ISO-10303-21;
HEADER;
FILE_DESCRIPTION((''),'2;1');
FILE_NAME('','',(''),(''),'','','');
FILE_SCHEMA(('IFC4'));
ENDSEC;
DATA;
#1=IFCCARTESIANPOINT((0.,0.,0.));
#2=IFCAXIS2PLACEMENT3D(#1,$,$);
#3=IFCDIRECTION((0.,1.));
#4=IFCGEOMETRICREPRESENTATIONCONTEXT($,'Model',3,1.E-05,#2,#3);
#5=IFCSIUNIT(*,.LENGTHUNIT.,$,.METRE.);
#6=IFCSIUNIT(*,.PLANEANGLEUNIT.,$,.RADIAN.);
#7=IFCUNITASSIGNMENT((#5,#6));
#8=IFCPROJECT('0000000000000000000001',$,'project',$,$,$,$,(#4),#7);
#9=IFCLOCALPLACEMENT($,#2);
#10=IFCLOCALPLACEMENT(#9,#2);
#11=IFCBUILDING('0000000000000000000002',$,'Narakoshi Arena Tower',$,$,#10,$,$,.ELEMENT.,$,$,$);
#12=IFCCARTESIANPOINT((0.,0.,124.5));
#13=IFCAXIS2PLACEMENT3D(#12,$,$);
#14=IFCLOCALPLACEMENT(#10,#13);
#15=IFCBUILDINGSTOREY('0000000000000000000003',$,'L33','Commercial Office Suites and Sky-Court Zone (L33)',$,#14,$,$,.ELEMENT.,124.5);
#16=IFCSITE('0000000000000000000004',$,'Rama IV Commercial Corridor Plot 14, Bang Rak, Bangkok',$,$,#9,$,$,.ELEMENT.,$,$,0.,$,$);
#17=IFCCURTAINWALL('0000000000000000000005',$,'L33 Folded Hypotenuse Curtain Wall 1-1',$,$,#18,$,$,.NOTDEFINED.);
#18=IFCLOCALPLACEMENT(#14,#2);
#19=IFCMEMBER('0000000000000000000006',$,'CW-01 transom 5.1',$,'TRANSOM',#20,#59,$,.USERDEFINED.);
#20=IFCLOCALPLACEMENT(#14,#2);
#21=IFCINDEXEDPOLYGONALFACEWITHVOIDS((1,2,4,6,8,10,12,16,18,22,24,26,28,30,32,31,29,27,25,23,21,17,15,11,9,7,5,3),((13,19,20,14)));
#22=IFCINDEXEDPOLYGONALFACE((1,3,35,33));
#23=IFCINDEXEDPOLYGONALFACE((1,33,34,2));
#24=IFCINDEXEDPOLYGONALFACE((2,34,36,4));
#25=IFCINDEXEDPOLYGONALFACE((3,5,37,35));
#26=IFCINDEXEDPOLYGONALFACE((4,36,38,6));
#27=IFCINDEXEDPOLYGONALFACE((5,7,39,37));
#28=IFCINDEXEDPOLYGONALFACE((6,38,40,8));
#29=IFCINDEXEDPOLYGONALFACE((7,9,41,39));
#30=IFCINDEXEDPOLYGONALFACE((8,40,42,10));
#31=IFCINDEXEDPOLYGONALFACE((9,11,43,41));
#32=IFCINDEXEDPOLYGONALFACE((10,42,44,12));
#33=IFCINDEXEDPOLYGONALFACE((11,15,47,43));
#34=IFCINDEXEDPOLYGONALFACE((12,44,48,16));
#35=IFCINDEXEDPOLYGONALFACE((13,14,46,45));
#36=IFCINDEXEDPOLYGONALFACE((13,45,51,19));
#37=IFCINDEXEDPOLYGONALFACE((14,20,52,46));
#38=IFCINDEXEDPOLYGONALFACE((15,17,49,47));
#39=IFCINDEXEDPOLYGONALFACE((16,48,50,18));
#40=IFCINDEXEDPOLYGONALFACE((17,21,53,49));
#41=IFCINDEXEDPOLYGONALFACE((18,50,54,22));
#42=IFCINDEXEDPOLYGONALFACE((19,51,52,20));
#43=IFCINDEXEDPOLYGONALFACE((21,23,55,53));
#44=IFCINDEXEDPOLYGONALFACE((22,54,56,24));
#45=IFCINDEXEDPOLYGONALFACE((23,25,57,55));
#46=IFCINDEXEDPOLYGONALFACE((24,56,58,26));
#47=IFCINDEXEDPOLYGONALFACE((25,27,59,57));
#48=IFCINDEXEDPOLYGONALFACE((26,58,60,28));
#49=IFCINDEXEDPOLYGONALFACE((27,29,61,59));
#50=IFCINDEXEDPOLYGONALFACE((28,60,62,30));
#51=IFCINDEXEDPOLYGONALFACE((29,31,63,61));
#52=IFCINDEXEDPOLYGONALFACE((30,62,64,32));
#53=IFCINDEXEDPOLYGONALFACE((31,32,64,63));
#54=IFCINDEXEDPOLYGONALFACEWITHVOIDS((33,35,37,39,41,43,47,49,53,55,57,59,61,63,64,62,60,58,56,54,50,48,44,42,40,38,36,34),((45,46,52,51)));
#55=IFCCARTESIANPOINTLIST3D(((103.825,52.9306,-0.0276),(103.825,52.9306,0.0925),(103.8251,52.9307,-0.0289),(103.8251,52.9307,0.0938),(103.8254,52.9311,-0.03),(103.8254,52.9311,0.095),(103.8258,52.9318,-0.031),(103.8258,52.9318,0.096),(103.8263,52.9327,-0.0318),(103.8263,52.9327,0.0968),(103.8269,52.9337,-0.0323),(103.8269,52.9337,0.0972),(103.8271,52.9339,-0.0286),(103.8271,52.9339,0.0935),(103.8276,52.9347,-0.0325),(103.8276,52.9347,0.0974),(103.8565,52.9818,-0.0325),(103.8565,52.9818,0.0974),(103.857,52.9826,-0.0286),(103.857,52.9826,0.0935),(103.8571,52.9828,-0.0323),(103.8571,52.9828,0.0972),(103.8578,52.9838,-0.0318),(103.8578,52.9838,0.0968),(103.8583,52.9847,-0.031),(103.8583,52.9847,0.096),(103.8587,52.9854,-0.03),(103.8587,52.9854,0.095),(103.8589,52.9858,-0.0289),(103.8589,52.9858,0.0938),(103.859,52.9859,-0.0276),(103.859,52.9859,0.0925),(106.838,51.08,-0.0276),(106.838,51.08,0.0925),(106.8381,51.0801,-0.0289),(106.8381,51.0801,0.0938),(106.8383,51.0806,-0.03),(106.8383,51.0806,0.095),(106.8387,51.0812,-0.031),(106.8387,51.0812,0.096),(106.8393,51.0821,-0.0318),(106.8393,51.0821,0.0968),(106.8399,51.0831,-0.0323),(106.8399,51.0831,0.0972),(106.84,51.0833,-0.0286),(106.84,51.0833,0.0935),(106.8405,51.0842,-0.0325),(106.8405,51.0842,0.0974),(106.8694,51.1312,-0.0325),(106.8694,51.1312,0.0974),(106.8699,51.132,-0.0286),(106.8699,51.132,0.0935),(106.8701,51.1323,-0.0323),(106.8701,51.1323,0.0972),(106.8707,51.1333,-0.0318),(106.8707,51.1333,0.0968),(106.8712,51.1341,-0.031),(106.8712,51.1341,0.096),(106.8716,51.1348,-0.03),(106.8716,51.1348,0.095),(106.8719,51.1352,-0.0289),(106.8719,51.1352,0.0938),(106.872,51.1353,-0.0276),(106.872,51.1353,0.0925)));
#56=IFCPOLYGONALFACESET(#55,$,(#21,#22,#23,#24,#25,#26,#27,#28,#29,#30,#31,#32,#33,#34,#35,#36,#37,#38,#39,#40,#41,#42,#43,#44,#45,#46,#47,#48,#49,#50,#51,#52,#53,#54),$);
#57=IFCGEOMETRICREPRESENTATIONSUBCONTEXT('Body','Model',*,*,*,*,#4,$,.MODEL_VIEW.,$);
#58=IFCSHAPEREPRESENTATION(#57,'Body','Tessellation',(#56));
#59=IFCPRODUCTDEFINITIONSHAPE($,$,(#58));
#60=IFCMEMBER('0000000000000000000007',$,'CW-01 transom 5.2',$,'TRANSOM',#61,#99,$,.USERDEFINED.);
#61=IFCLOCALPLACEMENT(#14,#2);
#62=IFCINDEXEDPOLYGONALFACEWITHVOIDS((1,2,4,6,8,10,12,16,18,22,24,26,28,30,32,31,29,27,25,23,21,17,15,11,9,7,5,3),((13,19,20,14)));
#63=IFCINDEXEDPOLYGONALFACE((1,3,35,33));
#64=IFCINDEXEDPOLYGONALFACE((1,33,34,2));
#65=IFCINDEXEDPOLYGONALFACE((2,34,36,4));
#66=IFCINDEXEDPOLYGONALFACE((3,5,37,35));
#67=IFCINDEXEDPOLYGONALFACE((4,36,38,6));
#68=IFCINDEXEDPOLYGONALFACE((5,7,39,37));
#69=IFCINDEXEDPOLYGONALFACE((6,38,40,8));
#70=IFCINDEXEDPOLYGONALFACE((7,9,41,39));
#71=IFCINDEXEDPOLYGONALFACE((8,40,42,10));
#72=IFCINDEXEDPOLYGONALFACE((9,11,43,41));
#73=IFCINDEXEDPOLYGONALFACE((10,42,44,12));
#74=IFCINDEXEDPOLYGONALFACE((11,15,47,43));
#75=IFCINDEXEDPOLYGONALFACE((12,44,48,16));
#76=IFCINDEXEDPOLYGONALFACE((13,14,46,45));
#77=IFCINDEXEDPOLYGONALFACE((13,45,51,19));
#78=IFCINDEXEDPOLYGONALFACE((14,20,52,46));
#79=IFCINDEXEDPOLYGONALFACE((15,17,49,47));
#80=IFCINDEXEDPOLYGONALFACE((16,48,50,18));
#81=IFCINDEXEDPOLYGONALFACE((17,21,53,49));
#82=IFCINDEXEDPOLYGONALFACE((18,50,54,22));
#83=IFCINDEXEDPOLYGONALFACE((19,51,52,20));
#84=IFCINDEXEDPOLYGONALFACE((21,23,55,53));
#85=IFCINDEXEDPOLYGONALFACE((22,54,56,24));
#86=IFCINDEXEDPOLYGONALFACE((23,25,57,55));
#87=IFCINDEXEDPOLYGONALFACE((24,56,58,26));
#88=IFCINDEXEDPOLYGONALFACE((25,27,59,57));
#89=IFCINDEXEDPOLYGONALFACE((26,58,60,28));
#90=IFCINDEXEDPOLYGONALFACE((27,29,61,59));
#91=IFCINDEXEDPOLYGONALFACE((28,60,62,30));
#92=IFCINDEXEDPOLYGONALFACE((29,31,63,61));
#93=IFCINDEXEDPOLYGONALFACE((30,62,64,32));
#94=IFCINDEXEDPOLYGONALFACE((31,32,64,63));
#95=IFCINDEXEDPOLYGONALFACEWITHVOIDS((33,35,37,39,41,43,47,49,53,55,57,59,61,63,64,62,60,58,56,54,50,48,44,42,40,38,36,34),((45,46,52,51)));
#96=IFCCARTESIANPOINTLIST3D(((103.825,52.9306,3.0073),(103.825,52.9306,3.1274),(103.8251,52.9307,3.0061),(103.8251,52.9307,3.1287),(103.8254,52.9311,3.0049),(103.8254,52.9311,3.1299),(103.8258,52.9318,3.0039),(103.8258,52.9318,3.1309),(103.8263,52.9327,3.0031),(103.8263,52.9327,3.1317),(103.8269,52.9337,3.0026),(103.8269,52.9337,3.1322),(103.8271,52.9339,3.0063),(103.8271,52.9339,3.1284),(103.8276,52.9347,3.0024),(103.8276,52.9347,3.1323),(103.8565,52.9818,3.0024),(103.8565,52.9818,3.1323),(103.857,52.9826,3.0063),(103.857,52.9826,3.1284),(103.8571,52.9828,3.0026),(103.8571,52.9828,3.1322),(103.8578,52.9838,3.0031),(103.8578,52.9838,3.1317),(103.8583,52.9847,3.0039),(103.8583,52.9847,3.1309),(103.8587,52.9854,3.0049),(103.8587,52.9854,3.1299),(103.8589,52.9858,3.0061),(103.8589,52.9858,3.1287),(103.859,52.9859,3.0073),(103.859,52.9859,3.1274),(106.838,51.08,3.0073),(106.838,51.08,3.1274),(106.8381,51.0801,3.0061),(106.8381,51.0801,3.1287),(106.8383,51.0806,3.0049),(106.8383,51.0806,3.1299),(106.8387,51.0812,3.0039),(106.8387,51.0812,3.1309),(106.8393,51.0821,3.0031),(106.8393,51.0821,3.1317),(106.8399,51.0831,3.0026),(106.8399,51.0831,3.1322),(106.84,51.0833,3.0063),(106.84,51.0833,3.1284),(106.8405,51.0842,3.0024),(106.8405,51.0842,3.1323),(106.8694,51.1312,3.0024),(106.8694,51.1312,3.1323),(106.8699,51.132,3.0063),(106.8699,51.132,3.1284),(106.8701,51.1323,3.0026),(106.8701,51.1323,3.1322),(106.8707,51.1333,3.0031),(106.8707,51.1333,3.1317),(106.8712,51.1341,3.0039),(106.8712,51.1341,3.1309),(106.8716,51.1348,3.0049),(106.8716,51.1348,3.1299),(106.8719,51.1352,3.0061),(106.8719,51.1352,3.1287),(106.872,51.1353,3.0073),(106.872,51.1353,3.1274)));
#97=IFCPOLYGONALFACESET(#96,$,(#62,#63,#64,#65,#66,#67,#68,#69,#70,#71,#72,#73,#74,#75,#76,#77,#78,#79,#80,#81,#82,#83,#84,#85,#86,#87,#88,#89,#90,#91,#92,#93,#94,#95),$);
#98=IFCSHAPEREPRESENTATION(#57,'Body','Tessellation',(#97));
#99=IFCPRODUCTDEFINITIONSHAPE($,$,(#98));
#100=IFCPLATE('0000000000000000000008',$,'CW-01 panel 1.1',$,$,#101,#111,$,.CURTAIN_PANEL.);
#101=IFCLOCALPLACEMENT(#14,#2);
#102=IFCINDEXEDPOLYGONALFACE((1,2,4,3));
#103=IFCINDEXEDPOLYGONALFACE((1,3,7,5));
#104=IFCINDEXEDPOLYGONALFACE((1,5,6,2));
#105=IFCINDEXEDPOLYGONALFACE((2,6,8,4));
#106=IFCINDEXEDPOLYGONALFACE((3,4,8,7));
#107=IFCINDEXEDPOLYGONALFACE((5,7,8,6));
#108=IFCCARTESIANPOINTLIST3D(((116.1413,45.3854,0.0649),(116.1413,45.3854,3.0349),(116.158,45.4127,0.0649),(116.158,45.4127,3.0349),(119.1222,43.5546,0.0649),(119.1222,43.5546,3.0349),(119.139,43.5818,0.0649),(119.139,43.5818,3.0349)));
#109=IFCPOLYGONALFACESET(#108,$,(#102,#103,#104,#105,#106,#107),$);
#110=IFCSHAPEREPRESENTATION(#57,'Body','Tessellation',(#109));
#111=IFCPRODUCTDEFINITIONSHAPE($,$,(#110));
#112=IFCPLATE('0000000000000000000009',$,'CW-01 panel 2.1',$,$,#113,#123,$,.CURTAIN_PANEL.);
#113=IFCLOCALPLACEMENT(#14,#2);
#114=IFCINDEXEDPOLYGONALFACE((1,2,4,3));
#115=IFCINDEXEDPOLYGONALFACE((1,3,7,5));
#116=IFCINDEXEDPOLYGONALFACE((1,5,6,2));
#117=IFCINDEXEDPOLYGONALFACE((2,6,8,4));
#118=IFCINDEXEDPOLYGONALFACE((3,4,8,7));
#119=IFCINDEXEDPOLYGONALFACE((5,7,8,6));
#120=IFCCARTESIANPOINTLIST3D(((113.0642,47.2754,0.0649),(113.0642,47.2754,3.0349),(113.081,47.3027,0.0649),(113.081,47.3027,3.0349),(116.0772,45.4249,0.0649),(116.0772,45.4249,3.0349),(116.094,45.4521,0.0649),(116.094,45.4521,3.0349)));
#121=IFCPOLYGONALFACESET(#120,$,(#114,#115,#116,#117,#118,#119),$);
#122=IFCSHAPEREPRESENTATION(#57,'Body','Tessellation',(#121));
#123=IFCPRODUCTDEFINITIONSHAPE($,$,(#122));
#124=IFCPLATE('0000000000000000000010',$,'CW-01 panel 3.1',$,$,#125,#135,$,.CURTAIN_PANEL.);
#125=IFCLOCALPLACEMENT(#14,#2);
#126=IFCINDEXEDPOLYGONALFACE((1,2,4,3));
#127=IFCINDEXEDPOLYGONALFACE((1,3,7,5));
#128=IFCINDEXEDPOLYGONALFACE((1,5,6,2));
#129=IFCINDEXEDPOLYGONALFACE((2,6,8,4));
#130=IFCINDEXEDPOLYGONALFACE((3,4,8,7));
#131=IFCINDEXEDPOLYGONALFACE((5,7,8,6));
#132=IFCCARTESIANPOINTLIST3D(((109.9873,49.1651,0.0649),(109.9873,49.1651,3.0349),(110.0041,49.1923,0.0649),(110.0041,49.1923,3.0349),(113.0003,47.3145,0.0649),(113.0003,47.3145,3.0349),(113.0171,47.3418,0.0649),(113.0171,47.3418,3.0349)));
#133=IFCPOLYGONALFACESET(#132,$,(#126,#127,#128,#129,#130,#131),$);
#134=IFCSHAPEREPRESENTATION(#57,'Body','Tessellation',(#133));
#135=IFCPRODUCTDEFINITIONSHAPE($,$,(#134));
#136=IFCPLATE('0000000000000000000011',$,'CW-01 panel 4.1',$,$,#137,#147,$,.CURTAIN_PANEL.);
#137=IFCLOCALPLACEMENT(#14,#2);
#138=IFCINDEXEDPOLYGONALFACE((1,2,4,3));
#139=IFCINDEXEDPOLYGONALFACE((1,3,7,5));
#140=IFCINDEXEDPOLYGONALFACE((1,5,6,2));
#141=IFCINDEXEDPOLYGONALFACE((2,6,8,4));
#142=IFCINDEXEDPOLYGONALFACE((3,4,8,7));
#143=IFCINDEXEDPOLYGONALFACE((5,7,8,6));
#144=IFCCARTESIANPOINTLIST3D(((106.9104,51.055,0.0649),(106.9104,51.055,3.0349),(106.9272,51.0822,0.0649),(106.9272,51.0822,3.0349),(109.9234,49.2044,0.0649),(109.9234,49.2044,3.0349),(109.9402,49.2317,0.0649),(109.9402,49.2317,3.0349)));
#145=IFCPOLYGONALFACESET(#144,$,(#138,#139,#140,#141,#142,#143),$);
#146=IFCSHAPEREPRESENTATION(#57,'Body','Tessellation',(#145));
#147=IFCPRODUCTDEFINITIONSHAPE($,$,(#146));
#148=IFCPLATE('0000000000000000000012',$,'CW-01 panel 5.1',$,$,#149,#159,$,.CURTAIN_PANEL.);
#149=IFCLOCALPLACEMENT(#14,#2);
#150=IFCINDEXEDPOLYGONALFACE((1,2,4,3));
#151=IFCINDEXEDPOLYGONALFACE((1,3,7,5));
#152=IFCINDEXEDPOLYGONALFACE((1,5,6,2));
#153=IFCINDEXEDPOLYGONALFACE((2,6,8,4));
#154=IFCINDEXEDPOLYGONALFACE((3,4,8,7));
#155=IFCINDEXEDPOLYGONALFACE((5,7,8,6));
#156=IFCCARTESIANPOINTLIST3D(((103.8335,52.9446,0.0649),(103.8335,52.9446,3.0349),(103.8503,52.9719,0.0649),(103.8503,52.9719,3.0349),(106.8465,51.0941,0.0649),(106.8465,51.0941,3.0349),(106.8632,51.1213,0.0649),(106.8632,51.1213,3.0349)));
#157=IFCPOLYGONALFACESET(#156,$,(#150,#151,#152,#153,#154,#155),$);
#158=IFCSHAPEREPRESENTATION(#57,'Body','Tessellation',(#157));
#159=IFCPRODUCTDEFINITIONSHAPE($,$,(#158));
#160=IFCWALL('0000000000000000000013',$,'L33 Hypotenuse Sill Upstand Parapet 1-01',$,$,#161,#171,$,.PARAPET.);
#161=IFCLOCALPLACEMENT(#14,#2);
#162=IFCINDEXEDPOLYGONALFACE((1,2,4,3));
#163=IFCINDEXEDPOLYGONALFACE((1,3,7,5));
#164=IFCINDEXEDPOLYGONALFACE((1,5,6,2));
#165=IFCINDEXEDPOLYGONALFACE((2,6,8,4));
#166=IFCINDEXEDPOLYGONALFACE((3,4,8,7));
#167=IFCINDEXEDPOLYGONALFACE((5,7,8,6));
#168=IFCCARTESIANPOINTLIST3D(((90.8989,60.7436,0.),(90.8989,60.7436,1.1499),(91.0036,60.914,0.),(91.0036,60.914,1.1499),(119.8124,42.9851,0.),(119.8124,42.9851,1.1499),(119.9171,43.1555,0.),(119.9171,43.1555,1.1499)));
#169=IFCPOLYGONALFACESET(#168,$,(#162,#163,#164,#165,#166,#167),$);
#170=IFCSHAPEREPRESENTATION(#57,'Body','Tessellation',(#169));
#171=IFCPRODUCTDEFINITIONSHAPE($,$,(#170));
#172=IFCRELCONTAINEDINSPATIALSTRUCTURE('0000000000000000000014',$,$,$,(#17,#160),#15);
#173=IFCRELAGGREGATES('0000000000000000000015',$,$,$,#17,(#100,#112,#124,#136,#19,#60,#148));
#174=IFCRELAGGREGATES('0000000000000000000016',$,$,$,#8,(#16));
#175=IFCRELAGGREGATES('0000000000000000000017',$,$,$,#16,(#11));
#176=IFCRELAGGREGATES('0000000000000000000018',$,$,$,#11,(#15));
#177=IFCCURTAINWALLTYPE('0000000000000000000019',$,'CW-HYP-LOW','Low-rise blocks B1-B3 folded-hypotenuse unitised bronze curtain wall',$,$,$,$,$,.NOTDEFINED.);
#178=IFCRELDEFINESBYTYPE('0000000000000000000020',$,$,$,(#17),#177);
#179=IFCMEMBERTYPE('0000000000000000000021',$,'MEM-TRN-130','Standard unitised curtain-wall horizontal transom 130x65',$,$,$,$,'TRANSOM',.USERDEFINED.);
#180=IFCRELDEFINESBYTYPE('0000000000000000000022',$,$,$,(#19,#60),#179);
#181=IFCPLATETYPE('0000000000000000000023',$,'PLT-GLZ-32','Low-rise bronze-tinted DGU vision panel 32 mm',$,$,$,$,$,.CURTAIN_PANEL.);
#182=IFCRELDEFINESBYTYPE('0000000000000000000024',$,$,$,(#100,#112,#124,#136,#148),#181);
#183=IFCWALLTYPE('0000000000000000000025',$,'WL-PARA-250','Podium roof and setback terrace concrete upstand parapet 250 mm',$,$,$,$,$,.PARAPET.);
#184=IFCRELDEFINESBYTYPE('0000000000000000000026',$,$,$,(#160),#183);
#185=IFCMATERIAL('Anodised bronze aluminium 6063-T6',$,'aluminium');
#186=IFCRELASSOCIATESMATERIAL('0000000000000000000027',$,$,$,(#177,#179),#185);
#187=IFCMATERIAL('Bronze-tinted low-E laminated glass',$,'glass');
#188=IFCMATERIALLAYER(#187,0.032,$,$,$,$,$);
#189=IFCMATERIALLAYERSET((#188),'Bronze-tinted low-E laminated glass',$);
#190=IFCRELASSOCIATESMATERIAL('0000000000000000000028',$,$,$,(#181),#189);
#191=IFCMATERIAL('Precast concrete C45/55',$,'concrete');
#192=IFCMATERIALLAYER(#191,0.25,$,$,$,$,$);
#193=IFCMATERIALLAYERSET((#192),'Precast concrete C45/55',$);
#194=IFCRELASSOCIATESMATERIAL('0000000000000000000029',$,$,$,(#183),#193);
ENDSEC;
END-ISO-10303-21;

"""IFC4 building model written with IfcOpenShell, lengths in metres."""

from ifc_helpers import new_model, si_unit, direction, frame, frame_2d, origin, origin_2d, place, context, subcontext, project, spatial, rectangle, hollow_rectangle, extrude, material, layer, layer_set, material_profile, profile_set, type_object, element, aggregate, save


model = new_model("IFC4")

# Units and contexts
model_context = context("Model", 3, precision=1e-05, world=origin(), true_north=direction((0.0, 1.0)))
body_context = subcontext(model_context, "Body", "Model", "MODEL_VIEW")
ifc_project = project(units=[si_unit("LENGTHUNIT", "METRE"), si_unit("PLANEANGLEUNIT", "RADIAN")], contexts=[model_context])

# Site, building, storey
site_placement = place(None, origin())
site = spatial("IfcSite", under=ifc_project, at=site_placement, Name="Rama IV Commercial Corridor Plot 14, Bang Rak, Bangkok", CompositionType="ELEMENT", RefElevation=0.0)
building_placement = place(site_placement, origin())
building = spatial("IfcBuilding", under=site, at=building_placement, Name="Narakoshi Arena Tower", CompositionType="ELEMENT")
storey_placement = place(building_placement, frame((0.0, 0.0, 124.5)))
storey = spatial("IfcBuildingStorey", under=building, at=storey_placement, Name="L33", Description="Commercial Office Suites and Sky-Court Zone (L33)", CompositionType="ELEMENT", Elevation=124.5)

# Curtain wall, members, plates
ifc_material_1 = material(Name="Anodised bronze aluminium 6063-T6", Category="aluminium")
curtain_wall_type = type_object("IfcCurtainWallType", Name="CW-HYP-LOW", Description="Low-rise blocks B1-B3 folded-hypotenuse unitised bronze curtain wall", PredefinedType="NOTDEFINED", material=ifc_material_1)
curtain_wall_placement = place(storey_placement, origin())
curtain_wall = element("IfcCurtainWall", 1, at=curtain_wall_placement, inside=storey, type_object=curtain_wall_type, Name="L33 Folded Hypotenuse Curtain Wall 1-1", PredefinedType="NOTDEFINED")
ifc_material_profile_1 = material_profile(ifc_material_1, hollow_rectangle(XDim=0.0649, YDim=0.1299, WallThickness=0.0039, OuterFilletRadius=0.0049, at=origin_2d()), Name="TRN130x65x4")
ifc_profile_set_1 = profile_set([ifc_material_profile_1], Name="Anodised bronze aluminium 6063-T6")
member_type_1 = type_object("IfcMemberType", Name="MEM-TRN-130", Description="Standard unitised curtain-wall horizontal transom 130x65", ElementType="TRANSOM", PredefinedType="USERDEFINED", material=ifc_profile_set_1)
member_1_placement = place(storey_placement, frame((106.855, 51.1077, 0.0325), z_axis=(-0.852104, 0.523373, 0.0), x_axis=(-0.523373, -0.852104, 0.0)))
member_1 = element("IfcMember", 2, at=member_1_placement, type_object=member_type_1, Name="CW-01 transom 5.1", ObjectType="TRANSOM", PredefinedType="USERDEFINED", context=body_context, shape_type="SweptSolid", body=[
    extrude(hollow_rectangle(XDim=0.0649, YDim=0.1299, WallThickness=0.0039, OuterFilletRadius=0.0049, at=origin_2d()), origin(), (0.0, 0.0, 1.0), 3.5359),
])
member_2_placement = place(storey_placement, frame((106.855, 51.1077, 3.0674), z_axis=(-0.852104, 0.523373, 0.0), x_axis=(-0.523373, -0.852104, 0.0)))
member_2 = element("IfcMember", 3, at=member_2_placement, type_object=member_type_1, Name="CW-01 transom 5.2", ObjectType="TRANSOM", PredefinedType="USERDEFINED", context=body_context, shape_type="SweptSolid", body=[
    extrude(hollow_rectangle(XDim=0.0649, YDim=0.1299, WallThickness=0.0039, OuterFilletRadius=0.0049, at=origin_2d()), origin(), (0.0, 0.0, 1.0), 3.5359),
])
ifc_material_2 = material(Name="Bronze-tinted low-E laminated glass", Category="glass")
ifc_layer_1 = layer(ifc_material_2, 0.032)
ifc_layer_set_1 = layer_set([ifc_layer_1], Name="Bronze-tinted low-E laminated glass")
plate_type = type_object("IfcPlateType", Name="PLT-GLZ-32", Description="Low-rise bronze-tinted DGU vision panel 32 mm", PredefinedType="CURTAIN_PANEL", material=ifc_layer_set_1)
plate_1_placement = place(storey_placement, frame((117.6401, 44.4836, 0.0649), z_axis=(0.0, 0.0, 1.0), x_axis=(-0.852113, 0.523358, 0.0)))
plate_1 = element("IfcPlate", 4, at=plate_1_placement, type_object=plate_type, Name="CW-01 panel 1.1", PredefinedType="CURTAIN_PANEL", context=body_context, shape_type="SweptSolid", body=[
    extrude(rectangle(XDim=3.4983, YDim=0.032, at=origin_2d()), origin(), (0.0, 0.0, 1.0), 2.97),
])
plate_2_placement = place(storey_placement, frame((114.5791, 46.3638, 0.0649), z_axis=(0.0, 0.0, 1.0), x_axis=(-0.852113, 0.523358, 0.0)))
plate_2 = element("IfcPlate", 5, at=plate_2_placement, type_object=plate_type, Name="CW-01 panel 2.1", PredefinedType="CURTAIN_PANEL", context=body_context, shape_type="SweptSolid", body=[
    extrude(rectangle(XDim=3.5359, YDim=0.032, at=origin_2d()), origin(), (0.0, 0.0, 1.0), 2.97),
])
plate_3_placement = place(storey_placement, frame((111.5022, 48.2534, 0.0649), z_axis=(0.0, 0.0, 1.0), x_axis=(-0.852113, 0.523358, 0.0)))
plate_3 = element("IfcPlate", 6, at=plate_3_placement, type_object=plate_type, Name="CW-01 panel 3.1", PredefinedType="CURTAIN_PANEL", context=body_context, shape_type="SweptSolid", body=[
    extrude(rectangle(XDim=3.5359, YDim=0.032, at=origin_2d()), origin(), (0.0, 0.0, 1.0), 2.97),
])
plate_4_placement = place(storey_placement, frame((108.4253, 50.1433, 0.0649), z_axis=(0.0, 0.0, 1.0), x_axis=(-0.852113, 0.523358, 0.0)))
plate_4 = element("IfcPlate", 7, at=plate_4_placement, type_object=plate_type, Name="CW-01 panel 4.1", PredefinedType="CURTAIN_PANEL", context=body_context, shape_type="SweptSolid", body=[
    extrude(rectangle(XDim=3.5359, YDim=0.032, at=origin_2d()), origin(), (0.0, 0.0, 1.0), 2.97),
])
plate_5_placement = place(storey_placement, frame((105.3484, 52.033, 0.0649), z_axis=(0.0, 0.0, 1.0), x_axis=(-0.852113, 0.523358, 0.0)))
plate_5 = element("IfcPlate", 8, at=plate_5_placement, type_object=plate_type, Name="CW-01 panel 5.1", PredefinedType="CURTAIN_PANEL", context=body_context, shape_type="SweptSolid", body=[
    extrude(rectangle(XDim=3.5359, YDim=0.032, at=origin_2d()), origin(), (0.0, 0.0, 1.0), 2.97),
])
aggregate(curtain_wall, [plate_1, plate_2, plate_3, plate_4, member_1, member_2, plate_5])

# Wall
ifc_material_3 = material(Name="Precast concrete C45/55", Category="concrete")
ifc_layer_2 = layer(ifc_material_3, 0.25)
ifc_layer_set_2 = layer_set([ifc_layer_2], Name="Precast concrete C45/55")
wall_type_1 = type_object("IfcWallType", Name="WL-PARA-250", Description="Podium roof and setback terrace concrete upstand parapet 250 mm", PredefinedType="PARAPET", material=ifc_layer_set_2)
wall_1_placement = place(storey_placement, frame((119.8647, 43.0703, 0.0), z_axis=(0.0, 0.0, 1.0), x_axis=(-0.852111, 0.523361, 0.0)))
element("IfcWall", 9, at=wall_1_placement, inside=storey, type_object=wall_type_1, Name="L33 Hypotenuse Sill Upstand Parapet 1-01", PredefinedType="PARAPET", context=body_context, shape_type="SweptSolid", body=[
    extrude(rectangle(XDim=33.9316, YDim=0.2, at=frame_2d((16.9658, 0.0))), origin(), (0.0, 0.0, 1.0), 1.1499),
])

save(model, "model.ifc")
